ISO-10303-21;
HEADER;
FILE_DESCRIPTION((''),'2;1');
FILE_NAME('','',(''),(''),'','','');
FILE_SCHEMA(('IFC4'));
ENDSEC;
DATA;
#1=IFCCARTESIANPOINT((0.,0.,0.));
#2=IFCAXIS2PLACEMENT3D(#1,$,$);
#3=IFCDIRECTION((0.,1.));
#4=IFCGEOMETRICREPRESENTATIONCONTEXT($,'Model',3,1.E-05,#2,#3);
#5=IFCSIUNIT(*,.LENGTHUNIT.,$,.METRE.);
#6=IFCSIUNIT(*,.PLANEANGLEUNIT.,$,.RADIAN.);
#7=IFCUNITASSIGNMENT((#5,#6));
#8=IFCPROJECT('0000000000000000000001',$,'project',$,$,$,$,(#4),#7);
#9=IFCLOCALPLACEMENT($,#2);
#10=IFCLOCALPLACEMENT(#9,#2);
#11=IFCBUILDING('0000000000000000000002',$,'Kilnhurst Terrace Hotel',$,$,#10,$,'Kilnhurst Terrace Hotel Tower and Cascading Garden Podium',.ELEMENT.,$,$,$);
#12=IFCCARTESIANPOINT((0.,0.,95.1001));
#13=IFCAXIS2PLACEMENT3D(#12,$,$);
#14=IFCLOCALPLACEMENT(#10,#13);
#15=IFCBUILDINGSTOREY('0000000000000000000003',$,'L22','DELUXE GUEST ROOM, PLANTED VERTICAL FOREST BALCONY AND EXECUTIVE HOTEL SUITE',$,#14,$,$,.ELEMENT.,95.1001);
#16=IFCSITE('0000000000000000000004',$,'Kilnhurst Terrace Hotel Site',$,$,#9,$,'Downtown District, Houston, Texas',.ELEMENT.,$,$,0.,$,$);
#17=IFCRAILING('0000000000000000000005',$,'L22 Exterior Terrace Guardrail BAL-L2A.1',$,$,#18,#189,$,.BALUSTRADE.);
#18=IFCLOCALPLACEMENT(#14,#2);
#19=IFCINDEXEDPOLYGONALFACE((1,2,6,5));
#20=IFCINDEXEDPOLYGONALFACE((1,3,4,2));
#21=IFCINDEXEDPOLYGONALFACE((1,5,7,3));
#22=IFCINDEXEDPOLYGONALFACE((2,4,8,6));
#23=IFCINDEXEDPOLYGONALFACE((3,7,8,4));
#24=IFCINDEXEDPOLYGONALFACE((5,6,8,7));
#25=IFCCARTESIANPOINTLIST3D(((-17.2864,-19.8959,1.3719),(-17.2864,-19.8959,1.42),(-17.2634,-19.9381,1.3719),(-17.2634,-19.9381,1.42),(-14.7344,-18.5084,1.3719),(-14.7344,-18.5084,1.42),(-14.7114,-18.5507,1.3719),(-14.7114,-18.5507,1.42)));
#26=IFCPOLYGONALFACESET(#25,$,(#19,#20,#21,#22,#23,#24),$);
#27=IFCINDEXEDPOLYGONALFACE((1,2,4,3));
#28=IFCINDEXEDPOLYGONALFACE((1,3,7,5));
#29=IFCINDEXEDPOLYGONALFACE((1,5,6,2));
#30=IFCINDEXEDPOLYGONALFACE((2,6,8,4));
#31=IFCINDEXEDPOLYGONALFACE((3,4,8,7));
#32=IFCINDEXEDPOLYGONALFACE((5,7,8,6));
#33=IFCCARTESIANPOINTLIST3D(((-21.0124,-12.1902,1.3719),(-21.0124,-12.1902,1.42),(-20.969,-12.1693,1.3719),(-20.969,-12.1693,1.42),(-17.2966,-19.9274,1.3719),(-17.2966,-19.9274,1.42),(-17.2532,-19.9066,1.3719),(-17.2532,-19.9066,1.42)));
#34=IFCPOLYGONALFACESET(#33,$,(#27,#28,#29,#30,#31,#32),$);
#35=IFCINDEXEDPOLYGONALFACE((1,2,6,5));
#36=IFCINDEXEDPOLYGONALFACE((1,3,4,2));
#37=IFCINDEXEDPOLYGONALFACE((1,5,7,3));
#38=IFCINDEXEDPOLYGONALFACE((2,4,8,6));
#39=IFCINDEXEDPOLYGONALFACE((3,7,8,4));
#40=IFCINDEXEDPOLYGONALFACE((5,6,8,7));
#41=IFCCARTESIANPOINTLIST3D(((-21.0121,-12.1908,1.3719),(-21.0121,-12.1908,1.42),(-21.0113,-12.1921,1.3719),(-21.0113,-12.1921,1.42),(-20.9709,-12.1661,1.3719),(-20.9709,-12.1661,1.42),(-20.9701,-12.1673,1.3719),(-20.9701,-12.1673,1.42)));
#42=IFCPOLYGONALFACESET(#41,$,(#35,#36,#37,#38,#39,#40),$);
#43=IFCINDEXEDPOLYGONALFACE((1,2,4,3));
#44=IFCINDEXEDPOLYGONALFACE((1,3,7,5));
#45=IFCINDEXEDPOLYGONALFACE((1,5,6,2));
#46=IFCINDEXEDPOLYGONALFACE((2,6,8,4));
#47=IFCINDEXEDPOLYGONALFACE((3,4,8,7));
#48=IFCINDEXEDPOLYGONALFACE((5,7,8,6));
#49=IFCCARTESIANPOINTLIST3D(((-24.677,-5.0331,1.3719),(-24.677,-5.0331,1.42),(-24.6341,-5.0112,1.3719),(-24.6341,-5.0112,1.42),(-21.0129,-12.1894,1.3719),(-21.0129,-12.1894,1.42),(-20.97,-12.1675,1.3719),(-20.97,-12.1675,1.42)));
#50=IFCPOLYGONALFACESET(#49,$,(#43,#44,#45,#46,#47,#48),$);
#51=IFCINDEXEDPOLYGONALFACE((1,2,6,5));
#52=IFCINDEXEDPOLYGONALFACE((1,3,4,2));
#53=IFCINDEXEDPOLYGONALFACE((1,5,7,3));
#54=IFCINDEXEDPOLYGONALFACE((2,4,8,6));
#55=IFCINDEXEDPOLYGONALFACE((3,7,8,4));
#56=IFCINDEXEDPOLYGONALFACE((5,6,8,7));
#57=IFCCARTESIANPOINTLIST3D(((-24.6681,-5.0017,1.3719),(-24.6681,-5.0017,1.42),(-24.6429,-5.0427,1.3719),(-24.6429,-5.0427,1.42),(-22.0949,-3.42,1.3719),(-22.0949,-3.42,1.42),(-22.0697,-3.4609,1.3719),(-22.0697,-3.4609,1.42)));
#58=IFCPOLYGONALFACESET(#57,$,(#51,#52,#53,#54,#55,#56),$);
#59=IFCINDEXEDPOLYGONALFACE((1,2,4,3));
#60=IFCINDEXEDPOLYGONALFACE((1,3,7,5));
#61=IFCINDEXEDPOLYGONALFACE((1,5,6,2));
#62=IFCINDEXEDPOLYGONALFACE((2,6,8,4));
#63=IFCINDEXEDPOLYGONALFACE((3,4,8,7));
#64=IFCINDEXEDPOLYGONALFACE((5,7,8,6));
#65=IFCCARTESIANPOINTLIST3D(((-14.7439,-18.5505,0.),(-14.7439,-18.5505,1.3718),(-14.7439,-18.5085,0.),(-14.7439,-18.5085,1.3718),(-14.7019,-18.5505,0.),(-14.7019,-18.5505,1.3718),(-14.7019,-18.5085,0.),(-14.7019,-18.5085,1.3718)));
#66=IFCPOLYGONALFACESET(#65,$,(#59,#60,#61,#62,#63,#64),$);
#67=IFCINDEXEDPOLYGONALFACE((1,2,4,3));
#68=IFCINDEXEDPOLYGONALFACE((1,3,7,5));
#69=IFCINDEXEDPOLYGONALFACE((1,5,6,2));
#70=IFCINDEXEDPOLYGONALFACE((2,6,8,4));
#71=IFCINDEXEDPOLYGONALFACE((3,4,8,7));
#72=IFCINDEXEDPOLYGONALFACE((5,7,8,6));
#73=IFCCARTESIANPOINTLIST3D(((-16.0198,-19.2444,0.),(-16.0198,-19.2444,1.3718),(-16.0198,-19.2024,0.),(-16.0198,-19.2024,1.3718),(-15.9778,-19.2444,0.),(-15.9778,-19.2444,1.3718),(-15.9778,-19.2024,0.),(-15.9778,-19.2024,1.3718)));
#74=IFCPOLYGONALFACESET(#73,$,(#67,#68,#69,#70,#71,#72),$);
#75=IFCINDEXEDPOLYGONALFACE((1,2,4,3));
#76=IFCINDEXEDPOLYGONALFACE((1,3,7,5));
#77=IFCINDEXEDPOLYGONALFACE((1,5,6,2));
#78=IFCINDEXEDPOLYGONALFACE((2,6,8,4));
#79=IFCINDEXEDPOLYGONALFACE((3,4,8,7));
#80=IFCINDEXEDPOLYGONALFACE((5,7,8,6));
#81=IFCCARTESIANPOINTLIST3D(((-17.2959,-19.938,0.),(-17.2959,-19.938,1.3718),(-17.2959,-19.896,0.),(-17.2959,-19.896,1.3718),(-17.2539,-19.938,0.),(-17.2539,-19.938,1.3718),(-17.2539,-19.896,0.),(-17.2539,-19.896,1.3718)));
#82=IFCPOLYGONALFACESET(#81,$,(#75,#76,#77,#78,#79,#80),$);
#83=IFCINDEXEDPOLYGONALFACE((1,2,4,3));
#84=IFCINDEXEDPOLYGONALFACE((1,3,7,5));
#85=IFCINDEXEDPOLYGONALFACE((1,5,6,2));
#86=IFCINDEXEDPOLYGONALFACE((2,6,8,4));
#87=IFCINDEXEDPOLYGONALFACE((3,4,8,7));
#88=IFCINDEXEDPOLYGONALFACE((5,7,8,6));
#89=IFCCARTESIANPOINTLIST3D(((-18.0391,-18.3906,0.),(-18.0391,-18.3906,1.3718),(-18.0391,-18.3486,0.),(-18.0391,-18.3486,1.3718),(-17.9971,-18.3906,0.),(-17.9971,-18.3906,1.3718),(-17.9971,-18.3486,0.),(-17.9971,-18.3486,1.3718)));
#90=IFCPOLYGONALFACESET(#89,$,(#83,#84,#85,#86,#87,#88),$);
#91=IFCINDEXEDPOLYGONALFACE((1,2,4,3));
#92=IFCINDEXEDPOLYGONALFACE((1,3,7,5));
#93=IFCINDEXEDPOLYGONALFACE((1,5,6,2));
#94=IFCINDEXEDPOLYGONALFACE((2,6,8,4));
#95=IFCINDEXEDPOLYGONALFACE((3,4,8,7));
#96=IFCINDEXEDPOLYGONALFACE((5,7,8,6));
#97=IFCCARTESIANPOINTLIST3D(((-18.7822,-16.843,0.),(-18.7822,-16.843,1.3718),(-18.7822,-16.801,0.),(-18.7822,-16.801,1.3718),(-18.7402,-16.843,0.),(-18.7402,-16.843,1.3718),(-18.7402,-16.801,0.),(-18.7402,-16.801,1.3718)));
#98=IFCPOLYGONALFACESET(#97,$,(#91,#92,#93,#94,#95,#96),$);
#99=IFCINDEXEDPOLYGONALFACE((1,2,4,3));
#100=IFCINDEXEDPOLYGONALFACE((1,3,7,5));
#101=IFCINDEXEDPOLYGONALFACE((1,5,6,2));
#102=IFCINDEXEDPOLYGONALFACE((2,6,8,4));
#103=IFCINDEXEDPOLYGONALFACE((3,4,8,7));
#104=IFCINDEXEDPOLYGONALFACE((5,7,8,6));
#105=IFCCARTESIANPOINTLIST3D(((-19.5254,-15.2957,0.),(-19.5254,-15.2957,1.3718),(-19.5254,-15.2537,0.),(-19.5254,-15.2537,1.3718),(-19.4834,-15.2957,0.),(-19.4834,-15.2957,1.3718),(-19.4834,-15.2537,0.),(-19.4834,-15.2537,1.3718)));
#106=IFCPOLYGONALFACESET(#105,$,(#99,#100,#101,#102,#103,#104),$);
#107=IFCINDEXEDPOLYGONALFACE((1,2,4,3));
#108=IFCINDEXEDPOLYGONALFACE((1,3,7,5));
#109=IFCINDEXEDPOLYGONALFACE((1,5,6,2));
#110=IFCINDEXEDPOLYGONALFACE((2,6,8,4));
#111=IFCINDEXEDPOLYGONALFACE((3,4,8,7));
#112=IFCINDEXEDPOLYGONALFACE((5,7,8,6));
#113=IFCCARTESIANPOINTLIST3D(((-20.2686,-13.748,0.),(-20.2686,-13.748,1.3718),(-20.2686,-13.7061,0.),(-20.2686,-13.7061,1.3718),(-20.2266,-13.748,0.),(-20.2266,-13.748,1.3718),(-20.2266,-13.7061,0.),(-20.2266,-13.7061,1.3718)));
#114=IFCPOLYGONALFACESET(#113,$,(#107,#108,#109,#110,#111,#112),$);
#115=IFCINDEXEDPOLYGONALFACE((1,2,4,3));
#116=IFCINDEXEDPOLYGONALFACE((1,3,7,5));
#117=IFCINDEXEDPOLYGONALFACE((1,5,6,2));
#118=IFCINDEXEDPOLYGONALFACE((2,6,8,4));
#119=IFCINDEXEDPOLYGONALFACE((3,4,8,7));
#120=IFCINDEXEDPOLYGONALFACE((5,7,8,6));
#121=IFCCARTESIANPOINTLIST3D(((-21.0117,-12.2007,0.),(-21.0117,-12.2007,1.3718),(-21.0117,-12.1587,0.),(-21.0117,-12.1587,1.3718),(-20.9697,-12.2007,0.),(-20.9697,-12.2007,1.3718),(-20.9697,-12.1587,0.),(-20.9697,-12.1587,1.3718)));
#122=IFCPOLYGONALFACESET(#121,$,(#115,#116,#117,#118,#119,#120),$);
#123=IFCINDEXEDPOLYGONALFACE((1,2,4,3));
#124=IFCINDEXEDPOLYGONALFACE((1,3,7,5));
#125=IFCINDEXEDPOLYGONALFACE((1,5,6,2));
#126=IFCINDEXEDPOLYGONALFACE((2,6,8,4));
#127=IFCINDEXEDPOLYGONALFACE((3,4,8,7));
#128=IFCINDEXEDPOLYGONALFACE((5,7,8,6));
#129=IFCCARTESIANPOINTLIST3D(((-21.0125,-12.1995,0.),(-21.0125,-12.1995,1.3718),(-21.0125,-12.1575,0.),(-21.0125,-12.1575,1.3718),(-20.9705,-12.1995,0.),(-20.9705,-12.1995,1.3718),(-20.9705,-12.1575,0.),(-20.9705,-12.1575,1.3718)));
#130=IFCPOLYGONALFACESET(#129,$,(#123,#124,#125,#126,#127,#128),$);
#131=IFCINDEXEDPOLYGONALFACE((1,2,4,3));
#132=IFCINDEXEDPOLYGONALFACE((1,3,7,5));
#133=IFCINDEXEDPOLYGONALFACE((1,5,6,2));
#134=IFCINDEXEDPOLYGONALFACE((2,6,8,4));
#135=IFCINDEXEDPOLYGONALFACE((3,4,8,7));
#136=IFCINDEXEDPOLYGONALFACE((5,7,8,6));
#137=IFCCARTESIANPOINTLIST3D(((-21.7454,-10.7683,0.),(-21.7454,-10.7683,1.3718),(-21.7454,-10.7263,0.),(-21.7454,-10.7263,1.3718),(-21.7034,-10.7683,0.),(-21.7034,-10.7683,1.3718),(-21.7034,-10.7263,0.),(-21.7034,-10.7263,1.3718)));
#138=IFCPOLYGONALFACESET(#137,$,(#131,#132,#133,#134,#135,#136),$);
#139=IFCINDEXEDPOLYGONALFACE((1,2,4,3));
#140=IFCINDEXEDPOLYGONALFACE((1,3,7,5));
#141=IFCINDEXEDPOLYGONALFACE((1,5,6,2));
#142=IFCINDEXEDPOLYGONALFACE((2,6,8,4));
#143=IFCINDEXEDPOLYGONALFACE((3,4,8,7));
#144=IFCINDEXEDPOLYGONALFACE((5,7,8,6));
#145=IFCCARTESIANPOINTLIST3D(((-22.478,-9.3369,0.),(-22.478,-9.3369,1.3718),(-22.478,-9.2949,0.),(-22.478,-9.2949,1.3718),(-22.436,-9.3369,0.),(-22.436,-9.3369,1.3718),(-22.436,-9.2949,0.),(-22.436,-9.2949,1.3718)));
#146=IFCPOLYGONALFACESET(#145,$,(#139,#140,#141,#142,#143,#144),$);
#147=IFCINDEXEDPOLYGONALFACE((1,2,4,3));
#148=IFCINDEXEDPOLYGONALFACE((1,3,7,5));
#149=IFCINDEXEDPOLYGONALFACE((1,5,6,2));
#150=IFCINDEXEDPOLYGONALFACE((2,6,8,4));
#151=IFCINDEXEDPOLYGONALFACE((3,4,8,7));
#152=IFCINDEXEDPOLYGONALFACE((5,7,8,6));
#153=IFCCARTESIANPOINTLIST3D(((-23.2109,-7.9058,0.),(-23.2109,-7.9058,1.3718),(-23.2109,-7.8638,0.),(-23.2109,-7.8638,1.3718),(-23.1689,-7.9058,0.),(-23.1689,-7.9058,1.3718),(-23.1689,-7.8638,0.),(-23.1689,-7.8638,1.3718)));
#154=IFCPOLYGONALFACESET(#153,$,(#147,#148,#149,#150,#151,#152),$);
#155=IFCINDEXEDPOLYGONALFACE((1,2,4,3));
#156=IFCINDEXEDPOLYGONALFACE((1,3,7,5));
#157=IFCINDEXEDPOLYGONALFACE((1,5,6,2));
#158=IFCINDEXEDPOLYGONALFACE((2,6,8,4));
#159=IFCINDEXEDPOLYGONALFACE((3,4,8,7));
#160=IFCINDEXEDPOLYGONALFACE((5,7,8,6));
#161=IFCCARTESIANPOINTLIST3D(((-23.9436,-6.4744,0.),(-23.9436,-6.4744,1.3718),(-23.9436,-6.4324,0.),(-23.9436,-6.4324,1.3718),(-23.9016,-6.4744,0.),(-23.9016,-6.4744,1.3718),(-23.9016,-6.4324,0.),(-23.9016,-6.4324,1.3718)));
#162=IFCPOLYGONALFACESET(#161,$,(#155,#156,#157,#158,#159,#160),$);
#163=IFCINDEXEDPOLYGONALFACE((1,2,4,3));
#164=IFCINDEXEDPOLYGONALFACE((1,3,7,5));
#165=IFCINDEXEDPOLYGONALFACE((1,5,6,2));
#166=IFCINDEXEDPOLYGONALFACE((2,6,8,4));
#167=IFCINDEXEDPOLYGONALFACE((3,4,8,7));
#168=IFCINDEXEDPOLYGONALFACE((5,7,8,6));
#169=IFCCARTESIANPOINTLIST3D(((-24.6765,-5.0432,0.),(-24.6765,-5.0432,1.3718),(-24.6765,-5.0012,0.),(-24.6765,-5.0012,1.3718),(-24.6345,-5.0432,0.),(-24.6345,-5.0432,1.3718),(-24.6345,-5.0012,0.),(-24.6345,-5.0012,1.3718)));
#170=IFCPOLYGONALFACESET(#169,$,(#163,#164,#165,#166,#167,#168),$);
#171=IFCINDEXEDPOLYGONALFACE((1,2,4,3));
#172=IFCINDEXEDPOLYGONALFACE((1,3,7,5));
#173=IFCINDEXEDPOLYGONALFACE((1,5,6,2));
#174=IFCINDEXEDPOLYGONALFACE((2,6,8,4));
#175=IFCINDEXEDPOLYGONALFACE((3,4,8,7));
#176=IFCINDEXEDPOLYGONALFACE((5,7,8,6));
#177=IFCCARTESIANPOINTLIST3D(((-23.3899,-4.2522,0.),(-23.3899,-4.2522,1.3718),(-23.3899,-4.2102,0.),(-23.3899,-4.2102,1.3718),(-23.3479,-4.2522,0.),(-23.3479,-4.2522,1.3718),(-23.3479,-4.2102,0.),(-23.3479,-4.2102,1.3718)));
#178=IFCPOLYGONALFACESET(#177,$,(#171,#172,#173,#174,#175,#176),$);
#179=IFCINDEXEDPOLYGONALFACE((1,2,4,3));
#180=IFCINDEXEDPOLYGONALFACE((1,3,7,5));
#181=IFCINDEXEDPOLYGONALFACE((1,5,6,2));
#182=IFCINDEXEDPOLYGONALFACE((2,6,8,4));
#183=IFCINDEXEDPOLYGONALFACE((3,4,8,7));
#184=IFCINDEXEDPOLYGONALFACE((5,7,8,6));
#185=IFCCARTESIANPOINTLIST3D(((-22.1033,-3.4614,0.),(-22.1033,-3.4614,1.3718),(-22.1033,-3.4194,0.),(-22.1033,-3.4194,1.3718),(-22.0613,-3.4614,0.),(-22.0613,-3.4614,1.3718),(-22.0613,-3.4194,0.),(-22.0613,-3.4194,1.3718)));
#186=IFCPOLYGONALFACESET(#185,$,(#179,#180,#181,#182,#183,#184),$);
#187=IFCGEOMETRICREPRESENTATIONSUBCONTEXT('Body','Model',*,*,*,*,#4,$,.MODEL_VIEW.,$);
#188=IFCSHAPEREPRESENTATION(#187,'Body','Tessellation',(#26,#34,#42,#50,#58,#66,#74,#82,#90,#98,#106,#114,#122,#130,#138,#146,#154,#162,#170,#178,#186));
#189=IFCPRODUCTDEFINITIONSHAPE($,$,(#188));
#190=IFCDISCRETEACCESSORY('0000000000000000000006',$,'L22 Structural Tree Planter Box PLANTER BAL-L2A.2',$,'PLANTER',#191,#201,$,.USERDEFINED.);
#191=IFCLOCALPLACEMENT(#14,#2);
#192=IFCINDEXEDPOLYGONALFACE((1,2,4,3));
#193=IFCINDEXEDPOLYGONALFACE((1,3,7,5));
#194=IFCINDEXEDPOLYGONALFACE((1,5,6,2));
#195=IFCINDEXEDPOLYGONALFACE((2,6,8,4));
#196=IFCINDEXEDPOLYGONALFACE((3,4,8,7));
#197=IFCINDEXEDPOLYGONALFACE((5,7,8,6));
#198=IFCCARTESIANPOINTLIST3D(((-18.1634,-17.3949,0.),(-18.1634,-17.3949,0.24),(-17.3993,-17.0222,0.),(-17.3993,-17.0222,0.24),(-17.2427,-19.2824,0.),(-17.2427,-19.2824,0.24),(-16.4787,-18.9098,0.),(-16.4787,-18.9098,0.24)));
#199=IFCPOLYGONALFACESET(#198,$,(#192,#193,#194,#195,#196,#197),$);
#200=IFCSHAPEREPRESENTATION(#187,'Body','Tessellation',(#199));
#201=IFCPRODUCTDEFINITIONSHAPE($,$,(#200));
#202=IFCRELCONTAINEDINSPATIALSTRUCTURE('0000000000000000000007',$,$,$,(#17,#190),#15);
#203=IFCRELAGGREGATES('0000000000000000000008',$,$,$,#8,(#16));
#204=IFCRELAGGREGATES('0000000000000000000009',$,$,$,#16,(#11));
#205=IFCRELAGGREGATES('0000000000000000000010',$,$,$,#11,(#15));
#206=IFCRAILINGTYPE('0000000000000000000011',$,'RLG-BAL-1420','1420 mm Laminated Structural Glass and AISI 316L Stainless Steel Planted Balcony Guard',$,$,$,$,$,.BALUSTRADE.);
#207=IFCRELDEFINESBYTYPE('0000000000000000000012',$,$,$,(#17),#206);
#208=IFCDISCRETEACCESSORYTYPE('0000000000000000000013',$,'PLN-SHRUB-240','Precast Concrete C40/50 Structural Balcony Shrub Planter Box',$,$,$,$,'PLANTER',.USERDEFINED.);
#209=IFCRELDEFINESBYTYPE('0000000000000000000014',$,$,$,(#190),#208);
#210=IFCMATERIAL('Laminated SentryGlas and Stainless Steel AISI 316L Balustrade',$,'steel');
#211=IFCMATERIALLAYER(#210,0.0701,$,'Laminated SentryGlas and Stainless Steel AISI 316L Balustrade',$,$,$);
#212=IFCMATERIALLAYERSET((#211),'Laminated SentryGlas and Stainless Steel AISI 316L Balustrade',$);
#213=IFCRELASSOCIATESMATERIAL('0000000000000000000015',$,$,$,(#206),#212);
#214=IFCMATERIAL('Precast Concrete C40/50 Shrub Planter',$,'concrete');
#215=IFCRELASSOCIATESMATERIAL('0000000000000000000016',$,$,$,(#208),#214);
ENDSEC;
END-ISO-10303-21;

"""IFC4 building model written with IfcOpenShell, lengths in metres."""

from ifc_helpers import new_model, si_unit, direction, frame, origin, origin_2d, place, context, subcontext, project, spatial, rectangle, extrude, material, layer, layer_set, type_object, element, save


model = new_model("IFC4")

# Units and contexts
model_context = context("Model", 3, precision=1e-05, world=origin(), true_north=direction((0.0, 1.0)))
body_context = subcontext(model_context, "Body", "Model", "MODEL_VIEW")
ifc_project = project(units=[si_unit("LENGTHUNIT", "METRE"), si_unit("PLANEANGLEUNIT", "RADIAN")], contexts=[model_context])

# Site, building, storey
site_placement = place(None, origin())
site = spatial("IfcSite", under=ifc_project, at=site_placement, Name="Kilnhurst Terrace Hotel Site", LongName="Downtown District, Houston, Texas", CompositionType="ELEMENT", RefElevation=0.0)
building_placement = place(site_placement, origin())
building = spatial("IfcBuilding", under=site, at=building_placement, Name="Kilnhurst Terrace Hotel", LongName="Kilnhurst Terrace Hotel Tower and Cascading Garden Podium", CompositionType="ELEMENT")
storey_placement = place(building_placement, frame((0.0, 0.0, 95.1001)))
storey = spatial("IfcBuildingStorey", under=building, at=storey_placement, Name="L22", Description="DELUXE GUEST ROOM, PLANTED VERTICAL FOREST BALCONY AND EXECUTIVE HOTEL SUITE", CompositionType="ELEMENT", Elevation=95.1001)

# Railing
ifc_material_1 = material(Name="Laminated SentryGlas and Stainless Steel AISI 316L Balustrade", Category="steel")
ifc_layer_1 = layer(ifc_material_1, 0.0701, Name="Laminated SentryGlas and Stainless Steel AISI 316L Balustrade")
ifc_layer_set_1 = layer_set([ifc_layer_1], Name="Laminated SentryGlas and Stainless Steel AISI 316L Balustrade")
railing_type = type_object("IfcRailingType", Name="RLG-BAL-1420", Description="1420 mm Laminated Structural Glass and AISI 316L Stainless Steel Planted Balcony Guard", PredefinedType="BALUSTRADE", material=ifc_layer_set_1)
railing_placement = place(storey_placement, frame((-14.7229, -18.5295, 0.0)))
element("IfcRailing", 1, at=railing_placement, inside=storey, type_object=railing_type, Name="L22 Exterior Terrace Guardrail BAL-L2A.1", PredefinedType="BALUSTRADE", context=body_context, shape_type="SweptSolid", body=[
    extrude(rectangle(XDim=0.0481, YDim=0.0481, at=origin_2d()), frame((0.0, 0.0, 1.396), z_axis=(-0.878553, -0.477644, 0.0), x_axis=(0.477644, -0.878553, 0.0)), (0.0, 0.0, 1.0), 2.9048),
    extrude(rectangle(XDim=0.0481, YDim=0.0481, at=origin_2d()), frame((-2.552, -1.3875, 1.396), z_axis=(-0.432912, 0.901436, 0.0), x_axis=(-0.901436, -0.432912, 0.0)), (0.0, 0.0, 1.0), 8.5833),
    extrude(rectangle(XDim=0.0481, YDim=0.0481, at=origin_2d()), frame((-6.2678, 6.3499, 1.396), z_axis=(-0.514496, 0.857493, 0.0), x_axis=(-0.857493, -0.514496, 0.0)), (0.0, 0.0, 1.0), 0.0015),
    extrude(rectangle(XDim=0.0481, YDim=0.0481, at=origin_2d()), frame((-6.2686, 6.3511, 1.396), z_axis=(-0.455744, 0.890111, 0.0), x_axis=(-0.890111, -0.455744, 0.0)), (0.0, 0.0, 1.0), 8.0398),
    extrude(rectangle(XDim=0.0481, YDim=0.0481, at=origin_2d()), frame((-9.9326, 13.5073, 1.396), z_axis=(0.851916, 0.523678, 0.0), x_axis=(-0.523678, 0.851916, 0.0)), (0.0, 0.0, 1.0), 3.0205),
    extrude(rectangle(XDim=0.042, YDim=0.042, at=origin_2d()), origin(), (0.0, 0.0, 1.0), 1.3718),
    extrude(rectangle(XDim=0.042, YDim=0.042, at=origin_2d()), frame((-1.2759, -0.6938, 0.0)), (0.0, 0.0, 1.0), 1.3718),
    extrude(rectangle(XDim=0.042, YDim=0.042, at=origin_2d()), frame((-2.552, -1.3875, 0.0)), (0.0, 0.0, 1.0), 1.3718),
    extrude(rectangle(XDim=0.042, YDim=0.042, at=origin_2d()), frame((-3.2952, 0.1599, 0.0)), (0.0, 0.0, 1.0), 1.3718),
    extrude(rectangle(XDim=0.042, YDim=0.042, at=origin_2d()), frame((-4.0383, 1.7075, 0.0)), (0.0, 0.0, 1.0), 1.3718),
    extrude(rectangle(XDim=0.042, YDim=0.042, at=origin_2d()), frame((-4.7815, 3.2549, 0.0)), (0.0, 0.0, 1.0), 1.3718),
    extrude(rectangle(XDim=0.042, YDim=0.042, at=origin_2d()), frame((-5.5247, 4.8025, 0.0)), (0.0, 0.0, 1.0), 1.3718),
    extrude(rectangle(XDim=0.042, YDim=0.042, at=origin_2d()), frame((-6.2678, 6.3499, 0.0)), (0.0, 0.0, 1.0), 1.3718),
    extrude(rectangle(XDim=0.042, YDim=0.042, at=origin_2d()), frame((-6.2686, 6.3511, 0.0)), (0.0, 0.0, 1.0), 1.3718),
    extrude(rectangle(XDim=0.042, YDim=0.042, at=origin_2d()), frame((-7.0015, 7.7822, 0.0)), (0.0, 0.0, 1.0), 1.3718),
    extrude(rectangle(XDim=0.042, YDim=0.042, at=origin_2d()), frame((-7.7341, 9.2136, 0.0)), (0.0, 0.0, 1.0), 1.3718),
    extrude(rectangle(XDim=0.042, YDim=0.042, at=origin_2d()), frame((-8.467, 10.6448, 0.0)), (0.0, 0.0, 1.0), 1.3718),
    extrude(rectangle(XDim=0.042, YDim=0.042, at=origin_2d()), frame((-9.1997, 12.0762, 0.0)), (0.0, 0.0, 1.0), 1.3718),
    extrude(rectangle(XDim=0.042, YDim=0.042, at=origin_2d()), frame((-9.9326, 13.5073, 0.0)), (0.0, 0.0, 1.0), 1.3718),
    extrude(rectangle(XDim=0.042, YDim=0.042, at=origin_2d()), frame((-8.646, 14.2983, 0.0)), (0.0, 0.0, 1.0), 1.3718),
    extrude(rectangle(XDim=0.042, YDim=0.042, at=origin_2d()), frame((-7.3594, 15.0891, 0.0)), (0.0, 0.0, 1.0), 1.3718),
])

# Discrete accessory
ifc_material_2 = material(Name="Precast Concrete C40/50 Shrub Planter", Category="concrete")
discrete_accessory_type = type_object("IfcDiscreteAccessoryType", Name="PLN-SHRUB-240", Description="Precast Concrete C40/50 Structural Balcony Shrub Planter Box", ElementType="PLANTER", PredefinedType="USERDEFINED", material=ifc_material_2)
discrete_accessory_placement = place(storey_placement, frame((-17.321, -18.1523, 0.0), z_axis=(0.0, 0.0, 1.0), x_axis=(0.438387, -0.898786, 0.0)))
element("IfcDiscreteAccessory", 2, at=discrete_accessory_placement, inside=storey, type_object=discrete_accessory_type, Name="L22 Structural Tree Planter Box PLANTER BAL-L2A.2", ObjectType="PLANTER", PredefinedType="USERDEFINED", context=body_context, shape_type="SweptSolid", body=[
    extrude(rectangle(XDim=2.1001, YDim=0.8501, at=origin_2d()), origin(), (0.0, 0.0, 1.0), 0.24),
])

save(model, "model.ifc")
